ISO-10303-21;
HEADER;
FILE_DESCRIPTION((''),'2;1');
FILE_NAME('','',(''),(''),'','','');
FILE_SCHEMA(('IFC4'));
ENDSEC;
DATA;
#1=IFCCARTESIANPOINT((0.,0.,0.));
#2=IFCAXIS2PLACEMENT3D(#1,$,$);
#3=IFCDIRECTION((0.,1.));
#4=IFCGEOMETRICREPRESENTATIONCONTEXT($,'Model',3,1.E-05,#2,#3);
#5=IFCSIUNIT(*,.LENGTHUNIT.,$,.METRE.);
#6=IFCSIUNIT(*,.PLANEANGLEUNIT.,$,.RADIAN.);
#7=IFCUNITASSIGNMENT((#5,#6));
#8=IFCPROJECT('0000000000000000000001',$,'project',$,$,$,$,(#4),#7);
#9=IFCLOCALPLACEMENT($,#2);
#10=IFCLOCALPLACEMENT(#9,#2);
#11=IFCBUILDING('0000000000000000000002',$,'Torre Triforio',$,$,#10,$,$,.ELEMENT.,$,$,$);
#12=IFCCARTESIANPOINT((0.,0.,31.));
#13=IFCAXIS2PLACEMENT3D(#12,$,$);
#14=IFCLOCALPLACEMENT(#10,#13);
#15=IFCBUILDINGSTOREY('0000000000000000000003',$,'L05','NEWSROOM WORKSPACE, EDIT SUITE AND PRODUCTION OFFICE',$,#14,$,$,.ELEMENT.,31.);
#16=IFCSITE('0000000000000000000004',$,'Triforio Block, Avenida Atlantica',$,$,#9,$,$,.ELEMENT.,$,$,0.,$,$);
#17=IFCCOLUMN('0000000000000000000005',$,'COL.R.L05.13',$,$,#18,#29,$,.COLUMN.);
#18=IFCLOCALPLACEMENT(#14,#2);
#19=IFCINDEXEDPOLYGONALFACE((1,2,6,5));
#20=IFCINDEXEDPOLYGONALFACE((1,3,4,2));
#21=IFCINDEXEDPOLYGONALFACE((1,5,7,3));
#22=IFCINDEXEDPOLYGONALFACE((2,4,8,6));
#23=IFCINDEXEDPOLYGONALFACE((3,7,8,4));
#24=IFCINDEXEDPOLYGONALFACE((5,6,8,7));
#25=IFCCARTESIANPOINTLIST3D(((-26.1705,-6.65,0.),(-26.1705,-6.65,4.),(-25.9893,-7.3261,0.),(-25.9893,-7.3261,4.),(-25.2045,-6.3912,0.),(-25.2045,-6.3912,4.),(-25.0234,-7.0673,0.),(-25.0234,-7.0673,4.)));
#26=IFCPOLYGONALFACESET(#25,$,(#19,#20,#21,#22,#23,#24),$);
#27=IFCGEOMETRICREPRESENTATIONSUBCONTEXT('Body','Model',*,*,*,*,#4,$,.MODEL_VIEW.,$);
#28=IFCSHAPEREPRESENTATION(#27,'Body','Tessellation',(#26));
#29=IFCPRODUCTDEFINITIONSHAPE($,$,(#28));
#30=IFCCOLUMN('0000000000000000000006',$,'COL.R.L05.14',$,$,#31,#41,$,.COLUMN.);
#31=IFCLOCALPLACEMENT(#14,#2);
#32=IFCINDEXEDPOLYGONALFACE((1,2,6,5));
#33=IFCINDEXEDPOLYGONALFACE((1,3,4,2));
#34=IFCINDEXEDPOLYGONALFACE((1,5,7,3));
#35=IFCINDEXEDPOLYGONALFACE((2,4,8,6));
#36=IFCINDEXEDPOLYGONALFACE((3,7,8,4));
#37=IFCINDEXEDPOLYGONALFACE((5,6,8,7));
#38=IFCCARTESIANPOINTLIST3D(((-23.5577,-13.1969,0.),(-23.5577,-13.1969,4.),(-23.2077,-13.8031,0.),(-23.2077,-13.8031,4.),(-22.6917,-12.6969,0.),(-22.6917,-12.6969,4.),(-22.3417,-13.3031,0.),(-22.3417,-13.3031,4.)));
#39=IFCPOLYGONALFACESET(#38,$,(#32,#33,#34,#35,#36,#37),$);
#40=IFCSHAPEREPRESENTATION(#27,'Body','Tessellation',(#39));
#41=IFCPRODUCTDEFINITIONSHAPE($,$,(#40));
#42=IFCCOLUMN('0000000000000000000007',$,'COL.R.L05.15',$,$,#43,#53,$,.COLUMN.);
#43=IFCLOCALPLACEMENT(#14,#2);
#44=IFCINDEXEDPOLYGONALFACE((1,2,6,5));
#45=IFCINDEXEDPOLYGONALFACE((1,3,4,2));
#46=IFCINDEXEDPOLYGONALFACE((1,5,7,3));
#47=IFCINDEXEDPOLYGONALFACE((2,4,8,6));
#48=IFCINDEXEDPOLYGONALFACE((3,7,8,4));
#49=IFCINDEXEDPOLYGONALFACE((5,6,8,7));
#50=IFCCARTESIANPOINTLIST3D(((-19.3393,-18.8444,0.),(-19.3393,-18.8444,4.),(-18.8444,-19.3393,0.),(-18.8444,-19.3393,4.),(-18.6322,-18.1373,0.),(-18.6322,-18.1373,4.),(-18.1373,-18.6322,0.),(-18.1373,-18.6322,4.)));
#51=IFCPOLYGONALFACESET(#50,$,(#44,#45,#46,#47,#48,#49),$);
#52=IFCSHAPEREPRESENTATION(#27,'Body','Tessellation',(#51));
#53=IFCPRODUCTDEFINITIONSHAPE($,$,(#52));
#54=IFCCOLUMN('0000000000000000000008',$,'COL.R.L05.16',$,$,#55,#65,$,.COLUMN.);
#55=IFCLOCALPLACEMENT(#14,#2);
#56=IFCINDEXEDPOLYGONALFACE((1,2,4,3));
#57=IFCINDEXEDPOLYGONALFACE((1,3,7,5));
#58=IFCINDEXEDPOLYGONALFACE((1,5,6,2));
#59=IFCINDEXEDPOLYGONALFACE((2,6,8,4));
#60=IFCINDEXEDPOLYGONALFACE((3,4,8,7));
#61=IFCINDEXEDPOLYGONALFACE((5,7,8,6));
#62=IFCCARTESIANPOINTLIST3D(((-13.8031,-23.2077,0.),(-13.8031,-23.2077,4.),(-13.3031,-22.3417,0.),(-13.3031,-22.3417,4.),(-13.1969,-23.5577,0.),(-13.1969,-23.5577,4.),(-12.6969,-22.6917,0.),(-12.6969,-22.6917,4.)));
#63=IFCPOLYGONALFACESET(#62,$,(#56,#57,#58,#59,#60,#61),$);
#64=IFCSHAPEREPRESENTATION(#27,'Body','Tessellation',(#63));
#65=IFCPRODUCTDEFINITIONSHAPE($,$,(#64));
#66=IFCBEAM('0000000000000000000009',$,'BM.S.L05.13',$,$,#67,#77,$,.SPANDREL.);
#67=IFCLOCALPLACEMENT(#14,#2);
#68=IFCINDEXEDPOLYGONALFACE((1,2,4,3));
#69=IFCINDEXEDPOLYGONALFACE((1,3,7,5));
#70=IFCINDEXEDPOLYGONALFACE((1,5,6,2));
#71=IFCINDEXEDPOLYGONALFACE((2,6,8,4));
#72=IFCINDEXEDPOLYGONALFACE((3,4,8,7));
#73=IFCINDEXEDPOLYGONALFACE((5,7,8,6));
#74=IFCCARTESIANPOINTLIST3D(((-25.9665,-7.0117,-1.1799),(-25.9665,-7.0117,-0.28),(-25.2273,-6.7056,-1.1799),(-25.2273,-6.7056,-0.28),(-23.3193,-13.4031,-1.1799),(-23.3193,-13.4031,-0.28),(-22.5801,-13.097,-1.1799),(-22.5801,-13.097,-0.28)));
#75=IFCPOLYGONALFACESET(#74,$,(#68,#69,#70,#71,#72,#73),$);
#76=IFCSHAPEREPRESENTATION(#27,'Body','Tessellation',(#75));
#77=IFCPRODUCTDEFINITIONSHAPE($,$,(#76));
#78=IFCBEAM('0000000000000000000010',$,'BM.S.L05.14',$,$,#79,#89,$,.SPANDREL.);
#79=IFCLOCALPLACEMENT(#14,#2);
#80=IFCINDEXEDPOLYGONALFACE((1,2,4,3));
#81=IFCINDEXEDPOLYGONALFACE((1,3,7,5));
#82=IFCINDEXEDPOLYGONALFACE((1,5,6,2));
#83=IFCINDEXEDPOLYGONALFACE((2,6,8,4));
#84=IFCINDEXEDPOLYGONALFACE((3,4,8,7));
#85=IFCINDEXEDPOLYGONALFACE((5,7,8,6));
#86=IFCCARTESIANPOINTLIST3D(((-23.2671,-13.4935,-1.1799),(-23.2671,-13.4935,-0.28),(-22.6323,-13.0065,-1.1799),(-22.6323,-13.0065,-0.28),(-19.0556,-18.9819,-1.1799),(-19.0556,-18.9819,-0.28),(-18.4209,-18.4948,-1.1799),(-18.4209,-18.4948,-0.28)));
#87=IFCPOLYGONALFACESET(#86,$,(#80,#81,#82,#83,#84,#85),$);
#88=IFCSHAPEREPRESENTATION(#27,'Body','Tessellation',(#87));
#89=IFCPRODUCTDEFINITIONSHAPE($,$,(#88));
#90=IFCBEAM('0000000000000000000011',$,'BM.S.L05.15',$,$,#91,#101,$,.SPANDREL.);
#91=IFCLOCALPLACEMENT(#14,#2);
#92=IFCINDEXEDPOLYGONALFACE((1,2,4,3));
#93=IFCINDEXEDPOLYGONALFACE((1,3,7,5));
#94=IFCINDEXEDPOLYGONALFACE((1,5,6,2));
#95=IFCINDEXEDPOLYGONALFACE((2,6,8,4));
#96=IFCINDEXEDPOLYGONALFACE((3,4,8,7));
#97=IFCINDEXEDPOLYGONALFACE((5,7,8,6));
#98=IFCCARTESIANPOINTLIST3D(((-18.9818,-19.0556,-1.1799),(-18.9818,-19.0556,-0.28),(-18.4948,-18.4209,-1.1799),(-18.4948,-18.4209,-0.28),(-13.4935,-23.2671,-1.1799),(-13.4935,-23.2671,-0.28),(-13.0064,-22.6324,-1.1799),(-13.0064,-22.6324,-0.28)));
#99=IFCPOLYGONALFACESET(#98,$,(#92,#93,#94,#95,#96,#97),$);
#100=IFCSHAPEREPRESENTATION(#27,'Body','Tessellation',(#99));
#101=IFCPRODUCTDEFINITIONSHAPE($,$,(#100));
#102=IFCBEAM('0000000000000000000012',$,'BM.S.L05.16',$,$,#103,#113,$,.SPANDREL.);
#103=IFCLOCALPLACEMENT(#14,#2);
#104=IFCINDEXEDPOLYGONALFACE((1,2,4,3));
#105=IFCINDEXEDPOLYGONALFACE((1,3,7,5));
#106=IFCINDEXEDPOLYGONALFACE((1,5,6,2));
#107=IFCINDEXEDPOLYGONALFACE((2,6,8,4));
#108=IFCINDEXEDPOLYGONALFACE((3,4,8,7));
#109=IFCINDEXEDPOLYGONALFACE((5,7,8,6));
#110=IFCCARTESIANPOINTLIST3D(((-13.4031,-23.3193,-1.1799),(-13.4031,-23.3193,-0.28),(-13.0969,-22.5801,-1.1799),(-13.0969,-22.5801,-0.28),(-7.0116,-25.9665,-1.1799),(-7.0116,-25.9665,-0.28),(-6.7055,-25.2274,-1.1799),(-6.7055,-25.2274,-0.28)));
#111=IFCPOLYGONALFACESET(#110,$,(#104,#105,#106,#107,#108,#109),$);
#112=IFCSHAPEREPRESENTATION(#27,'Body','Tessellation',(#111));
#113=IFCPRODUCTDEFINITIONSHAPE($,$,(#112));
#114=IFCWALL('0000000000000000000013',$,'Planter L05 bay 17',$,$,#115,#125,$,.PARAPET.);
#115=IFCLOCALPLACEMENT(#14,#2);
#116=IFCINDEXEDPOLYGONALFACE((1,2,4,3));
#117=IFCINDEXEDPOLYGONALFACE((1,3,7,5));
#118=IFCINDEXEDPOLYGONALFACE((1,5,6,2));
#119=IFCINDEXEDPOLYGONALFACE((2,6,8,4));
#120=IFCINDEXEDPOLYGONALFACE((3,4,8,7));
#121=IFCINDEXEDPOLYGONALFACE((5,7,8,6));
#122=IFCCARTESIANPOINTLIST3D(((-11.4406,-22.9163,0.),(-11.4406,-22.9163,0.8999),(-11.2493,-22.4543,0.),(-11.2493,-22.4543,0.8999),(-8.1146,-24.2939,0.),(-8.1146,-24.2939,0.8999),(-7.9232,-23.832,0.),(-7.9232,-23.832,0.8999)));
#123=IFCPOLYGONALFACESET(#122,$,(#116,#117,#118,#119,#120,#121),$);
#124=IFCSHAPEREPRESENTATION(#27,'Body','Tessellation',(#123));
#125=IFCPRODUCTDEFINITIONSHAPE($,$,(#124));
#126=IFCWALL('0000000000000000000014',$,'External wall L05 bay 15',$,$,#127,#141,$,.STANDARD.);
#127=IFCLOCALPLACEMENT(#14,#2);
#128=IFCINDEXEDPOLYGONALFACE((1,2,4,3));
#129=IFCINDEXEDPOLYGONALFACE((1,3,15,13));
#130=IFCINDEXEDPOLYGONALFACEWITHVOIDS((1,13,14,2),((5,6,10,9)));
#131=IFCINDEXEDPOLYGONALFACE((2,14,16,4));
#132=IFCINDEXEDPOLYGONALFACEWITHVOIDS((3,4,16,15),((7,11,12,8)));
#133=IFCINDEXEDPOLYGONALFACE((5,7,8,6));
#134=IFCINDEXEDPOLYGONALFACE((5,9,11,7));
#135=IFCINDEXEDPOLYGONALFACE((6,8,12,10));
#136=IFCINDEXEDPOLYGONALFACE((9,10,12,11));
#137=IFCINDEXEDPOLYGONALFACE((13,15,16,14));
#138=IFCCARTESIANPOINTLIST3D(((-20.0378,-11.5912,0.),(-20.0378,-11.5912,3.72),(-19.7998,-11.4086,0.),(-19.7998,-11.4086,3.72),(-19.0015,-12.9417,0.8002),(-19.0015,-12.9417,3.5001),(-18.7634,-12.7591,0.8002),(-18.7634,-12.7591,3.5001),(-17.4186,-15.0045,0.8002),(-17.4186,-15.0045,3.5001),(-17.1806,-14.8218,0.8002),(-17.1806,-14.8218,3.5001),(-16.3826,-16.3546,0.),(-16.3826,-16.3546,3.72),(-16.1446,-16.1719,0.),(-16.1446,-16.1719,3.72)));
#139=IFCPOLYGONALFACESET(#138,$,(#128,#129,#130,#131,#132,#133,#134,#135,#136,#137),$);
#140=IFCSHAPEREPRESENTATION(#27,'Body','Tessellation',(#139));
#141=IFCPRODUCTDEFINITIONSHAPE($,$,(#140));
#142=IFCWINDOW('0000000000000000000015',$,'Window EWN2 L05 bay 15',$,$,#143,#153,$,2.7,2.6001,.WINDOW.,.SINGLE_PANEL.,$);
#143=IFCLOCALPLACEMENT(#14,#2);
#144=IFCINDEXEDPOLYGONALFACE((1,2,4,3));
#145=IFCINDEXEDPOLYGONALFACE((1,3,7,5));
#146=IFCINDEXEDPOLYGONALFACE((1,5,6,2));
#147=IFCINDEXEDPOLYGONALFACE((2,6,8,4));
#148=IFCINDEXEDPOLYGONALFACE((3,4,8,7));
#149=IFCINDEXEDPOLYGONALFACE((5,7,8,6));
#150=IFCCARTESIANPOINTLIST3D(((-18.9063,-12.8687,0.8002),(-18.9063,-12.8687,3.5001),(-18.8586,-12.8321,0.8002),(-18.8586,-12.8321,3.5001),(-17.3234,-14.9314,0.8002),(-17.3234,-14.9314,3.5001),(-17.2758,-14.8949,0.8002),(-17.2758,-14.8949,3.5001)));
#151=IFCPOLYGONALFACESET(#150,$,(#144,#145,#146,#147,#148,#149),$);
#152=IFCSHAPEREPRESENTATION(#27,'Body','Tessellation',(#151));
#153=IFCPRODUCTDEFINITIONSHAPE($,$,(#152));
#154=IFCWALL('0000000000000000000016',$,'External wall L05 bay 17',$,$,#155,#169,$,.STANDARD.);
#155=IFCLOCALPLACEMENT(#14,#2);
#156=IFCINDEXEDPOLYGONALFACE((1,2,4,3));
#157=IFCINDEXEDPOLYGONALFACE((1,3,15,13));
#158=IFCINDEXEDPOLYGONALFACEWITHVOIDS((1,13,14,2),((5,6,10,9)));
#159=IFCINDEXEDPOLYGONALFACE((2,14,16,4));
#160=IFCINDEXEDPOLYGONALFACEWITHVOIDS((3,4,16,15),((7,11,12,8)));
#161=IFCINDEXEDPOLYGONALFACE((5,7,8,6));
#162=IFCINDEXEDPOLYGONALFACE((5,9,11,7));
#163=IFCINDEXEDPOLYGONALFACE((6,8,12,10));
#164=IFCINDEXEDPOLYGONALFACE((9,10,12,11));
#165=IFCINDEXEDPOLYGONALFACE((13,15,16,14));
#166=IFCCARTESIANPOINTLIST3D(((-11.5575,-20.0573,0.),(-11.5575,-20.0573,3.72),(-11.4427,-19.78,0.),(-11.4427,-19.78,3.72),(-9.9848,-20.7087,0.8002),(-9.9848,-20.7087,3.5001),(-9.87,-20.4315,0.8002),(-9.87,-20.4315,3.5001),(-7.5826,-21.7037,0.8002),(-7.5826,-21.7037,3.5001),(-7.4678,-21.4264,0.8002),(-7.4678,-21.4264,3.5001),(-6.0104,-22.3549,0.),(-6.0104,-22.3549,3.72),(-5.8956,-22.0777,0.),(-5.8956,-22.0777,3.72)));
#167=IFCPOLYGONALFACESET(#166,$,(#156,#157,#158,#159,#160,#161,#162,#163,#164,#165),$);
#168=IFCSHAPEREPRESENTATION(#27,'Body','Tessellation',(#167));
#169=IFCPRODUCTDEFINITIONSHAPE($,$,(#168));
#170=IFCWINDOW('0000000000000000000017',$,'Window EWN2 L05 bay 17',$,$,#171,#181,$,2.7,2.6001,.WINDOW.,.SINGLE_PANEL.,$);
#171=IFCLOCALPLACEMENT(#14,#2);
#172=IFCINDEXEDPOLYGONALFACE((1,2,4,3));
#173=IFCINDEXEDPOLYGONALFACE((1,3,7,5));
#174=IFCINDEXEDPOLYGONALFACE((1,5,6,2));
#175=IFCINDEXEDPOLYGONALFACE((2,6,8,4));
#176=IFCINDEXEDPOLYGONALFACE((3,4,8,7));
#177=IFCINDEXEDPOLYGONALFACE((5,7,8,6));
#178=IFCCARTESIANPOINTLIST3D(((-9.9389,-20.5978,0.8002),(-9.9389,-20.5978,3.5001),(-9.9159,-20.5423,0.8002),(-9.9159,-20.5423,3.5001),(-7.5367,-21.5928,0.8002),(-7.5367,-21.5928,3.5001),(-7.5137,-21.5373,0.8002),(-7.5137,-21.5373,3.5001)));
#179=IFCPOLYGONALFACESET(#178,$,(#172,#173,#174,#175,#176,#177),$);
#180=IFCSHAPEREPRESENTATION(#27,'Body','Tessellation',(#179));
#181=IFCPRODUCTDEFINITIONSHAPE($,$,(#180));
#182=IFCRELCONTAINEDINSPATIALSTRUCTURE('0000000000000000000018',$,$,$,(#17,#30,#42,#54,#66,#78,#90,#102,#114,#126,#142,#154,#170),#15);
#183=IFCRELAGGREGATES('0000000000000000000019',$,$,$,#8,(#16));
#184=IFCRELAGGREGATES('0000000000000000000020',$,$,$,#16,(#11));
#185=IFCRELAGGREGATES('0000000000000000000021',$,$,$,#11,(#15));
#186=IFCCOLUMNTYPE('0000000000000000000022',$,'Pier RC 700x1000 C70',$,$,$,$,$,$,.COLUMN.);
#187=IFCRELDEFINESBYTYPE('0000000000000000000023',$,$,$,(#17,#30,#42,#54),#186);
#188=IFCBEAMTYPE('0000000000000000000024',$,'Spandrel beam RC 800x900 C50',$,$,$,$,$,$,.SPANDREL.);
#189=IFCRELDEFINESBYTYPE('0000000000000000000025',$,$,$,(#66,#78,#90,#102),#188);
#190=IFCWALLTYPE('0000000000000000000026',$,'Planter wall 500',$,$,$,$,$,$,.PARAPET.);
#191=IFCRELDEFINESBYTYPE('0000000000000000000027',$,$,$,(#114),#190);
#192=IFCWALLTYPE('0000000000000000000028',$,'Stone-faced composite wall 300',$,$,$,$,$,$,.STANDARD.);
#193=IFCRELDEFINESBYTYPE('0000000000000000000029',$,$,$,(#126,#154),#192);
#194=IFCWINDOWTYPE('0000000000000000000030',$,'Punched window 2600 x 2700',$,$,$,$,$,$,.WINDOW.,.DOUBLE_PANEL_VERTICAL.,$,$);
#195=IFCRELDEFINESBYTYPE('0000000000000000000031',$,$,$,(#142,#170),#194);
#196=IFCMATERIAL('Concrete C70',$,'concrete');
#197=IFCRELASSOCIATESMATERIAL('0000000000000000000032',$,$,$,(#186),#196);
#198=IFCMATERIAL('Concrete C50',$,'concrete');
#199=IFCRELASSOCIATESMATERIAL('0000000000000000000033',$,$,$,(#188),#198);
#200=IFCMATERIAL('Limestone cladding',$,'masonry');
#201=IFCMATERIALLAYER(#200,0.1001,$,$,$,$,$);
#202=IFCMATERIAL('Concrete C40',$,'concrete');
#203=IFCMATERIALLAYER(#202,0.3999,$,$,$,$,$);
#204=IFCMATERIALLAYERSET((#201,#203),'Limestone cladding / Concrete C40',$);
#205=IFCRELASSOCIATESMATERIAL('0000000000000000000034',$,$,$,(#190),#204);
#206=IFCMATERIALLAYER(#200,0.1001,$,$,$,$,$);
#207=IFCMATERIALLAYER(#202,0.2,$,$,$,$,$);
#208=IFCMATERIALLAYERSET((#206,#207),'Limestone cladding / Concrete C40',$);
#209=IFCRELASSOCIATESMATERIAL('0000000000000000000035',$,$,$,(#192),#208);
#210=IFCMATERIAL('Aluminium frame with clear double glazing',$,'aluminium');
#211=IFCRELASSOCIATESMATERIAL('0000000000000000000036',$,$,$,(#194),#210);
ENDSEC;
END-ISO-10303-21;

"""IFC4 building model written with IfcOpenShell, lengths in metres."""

from ifc_helpers import new_model, si_unit, direction, frame, frame_2d, origin, origin_2d, place, context, subcontext, project, spatial, rectangle, extrude, material, layer, layer_set, material_profile, profile_set, type_object, element, fill, save


model = new_model("IFC4")

# Units and contexts
model_context = context("Model", 3, precision=1e-05, world=origin(), true_north=direction((0.0, 1.0)))
body_context = subcontext(model_context, "Body", "Model", "MODEL_VIEW")
ifc_project = project(units=[si_unit("LENGTHUNIT", "METRE"), si_unit("PLANEANGLEUNIT", "RADIAN")], contexts=[model_context])

# Site, building, storey
site_placement = place(None, origin())
site = spatial("IfcSite", under=ifc_project, at=site_placement, Name="Triforio Block, Avenida Atlantica", CompositionType="ELEMENT", RefElevation=0.0)
building_placement = place(site_placement, origin())
building = spatial("IfcBuilding", under=site, at=building_placement, Name="Torre Triforio", CompositionType="ELEMENT")
storey_placement = place(building_placement, frame((0.0, 0.0, 31.0)))
storey = spatial("IfcBuildingStorey", under=building, at=storey_placement, Name="L05", Description="NEWSROOM WORKSPACE, EDIT SUITE AND PRODUCTION OFFICE", CompositionType="ELEMENT", Elevation=31.0)

# Columns
ifc_material_1 = material(Name="Concrete C70", Category="concrete")
ifc_material_profile_1 = material_profile(ifc_material_1, rectangle(XDim=0.7, YDim=1.0, at=origin_2d()), Name="RC 700x1000")
ifc_profile_set_1 = profile_set([ifc_material_profile_1], Name="Concrete C70")
column_type = type_object("IfcColumnType", Name="Pier RC 700x1000 C70", PredefinedType="COLUMN", material=ifc_profile_set_1)
for number, where, z_axis, x_axis, name in (
    (1, (-25.5969, -6.8586, 0.0), (0.0, 0.0, 1.0), (0.258819, -0.965926, 0.0), "COL.R.L05.13"),
    (2, (-22.9497, -13.25, 0.0), (0.0, 0.0, 1.0), (0.5, -0.866025, 0.0), "COL.R.L05.14"),
    (3, (-18.7383, -18.7383, 0.0), (0.0, 0.0, 1.0), (0.707107, -0.707107, 0.0), "COL.R.L05.15"),
    (4, (-13.25, -22.9497, 0.0), (0.0, 0.0, 1.0), (0.866025, -0.5, 0.0), "COL.R.L05.16"),
):
    element("IfcColumn", number, at=place(storey_placement, frame(where, z_axis=z_axis, x_axis=x_axis)), inside=storey, type_object=column_type, Name=name, PredefinedType="COLUMN", context=body_context, shape_type="SweptSolid", body=[
        extrude(rectangle(XDim=0.7, YDim=1.0, at=origin_2d()), origin(), (0.0, 0.0, 1.0), 4.0),
    ])

# Beams
ifc_material_2 = material(Name="Concrete C50", Category="concrete")
ifc_material_profile_2 = material_profile(ifc_material_2, rectangle(XDim=0.8, YDim=0.8999, at=origin_2d()), Name="RC 800x900")
ifc_profile_set_2 = profile_set([ifc_material_profile_2], Name="Concrete C50")
beam_type = type_object("IfcBeamType", Name="Spandrel beam RC 800x900 C50", PredefinedType="SPANDREL", material=ifc_profile_set_2)
for number, where, z_axis, x_axis, name in (
    (5, (-25.5969, -6.8586, -0.73), (0.382662, -0.923888, 0.0), (0.923888, 0.382662, 0.0), "BM.S.L05.13"),
    (6, (-22.9497, -13.25, -0.73), (0.608772, -0.793345, 0.0), (0.793345, 0.608772, 0.0), "BM.S.L05.14"),
    (7, (-18.7383, -18.7383, -0.73), (0.793345, -0.608772, 0.0), (0.608772, 0.793345, 0.0), "BM.S.L05.15"),
    (8, (-13.25, -22.9497, -0.73), (0.923888, -0.382662, 0.0), (0.382662, 0.923888, 0.0), "BM.S.L05.16"),
):
    element("IfcBeam", number, at=place(storey_placement, frame(where, z_axis=z_axis, x_axis=x_axis)), inside=storey, type_object=beam_type, Name=name, PredefinedType="SPANDREL", context=body_context, shape_type="SweptSolid", body=[
        extrude(rectangle(XDim=0.8, YDim=0.8999, at=origin_2d()), origin(), (0.0, 0.0, 1.0), 6.918),
    ])

# Wall
ifc_material_3 = material(Name="Limestone cladding", Category="masonry")
ifc_layer_1 = layer(ifc_material_3, 0.1001)
ifc_material_4 = material(Name="Concrete C40", Category="concrete")
ifc_layer_2 = layer(ifc_material_4, 0.3999)
ifc_layer_set_1 = layer_set([ifc_layer_1, ifc_layer_2], Name="Limestone cladding / Concrete C40")
wall_type_1 = type_object("IfcWallType", Name="Planter wall 500", PredefinedType="PARAPET", material=ifc_layer_set_1)
wall_1_placement = place(storey_placement, frame((-11.345, -22.6853, 0.0), z_axis=(0.0, 0.0, 1.0), x_axis=(0.923885, -0.382669, 0.0)))
element("IfcWall", 9, at=wall_1_placement, inside=storey, type_object=wall_type_1, Name="Planter L05 bay 17", PredefinedType="PARAPET", context=body_context, shape_type="SweptSolid", body=[
    extrude(rectangle(XDim=3.6001, YDim=0.5, at=frame_2d((1.8, 0.0))), origin(), (0.0, 0.0, 1.0), 0.8999),
])

# Wall, opening, window
ifc_layer_3 = layer(ifc_material_3, 0.1001)
ifc_layer_4 = layer(ifc_material_4, 0.2)
ifc_layer_set_2 = layer_set([ifc_layer_3, ifc_layer_4], Name="Limestone cladding / Concrete C40")
wall_type_2 = type_object("IfcWallType", Name="Stone-faced composite wall 300", PredefinedType="STANDARD", material=ifc_layer_set_2)
wall_2_placement = place(storey_placement, frame((-19.9187, -11.5, 0.0), z_axis=(0.0, 0.0, 1.0), x_axis=(0.608779, -0.79334, 0.0)))
wall_2 = element("IfcWall", 10, at=wall_2_placement, inside=storey, type_object=wall_type_2, Name="External wall L05 bay 15", PredefinedType="STANDARD", context=body_context, shape_type="SweptSolid", body=[
    extrude(rectangle(XDim=6.0042, YDim=0.3, at=frame_2d((3.002, 0.0))), origin(), (0.0, 0.0, 1.0), 3.72),
])
opening_1_placement = place(wall_2_placement, frame((1.7021, 0.0, 0.8)))
opening_1 = element("IfcOpeningElement", 11, at=opening_1_placement, cuts=wall_2, PredefinedType="OPENING", context=body_context, shape_type="SweptSolid", body=[
    extrude(rectangle(XDim=2.6001, YDim=2.7, at=frame_2d((1.3, 1.3501))), frame((0.0, 0.1599, 0.0), z_axis=(0.0, -1.0, 0.0), x_axis=(1.0, 0.0, 0.0)), (0.0, 0.0, 1.0), 0.3201),
])
ifc_material_5 = material(Name="Aluminium frame with clear double glazing", Category="aluminium")
window_type_1 = type_object("IfcWindowType", Name="Punched window 2600 x 2700", PartitioningType="DOUBLE_PANEL_VERTICAL", PredefinedType="WINDOW", material=ifc_material_5)
window_1_placement = place(opening_1_placement, origin())
window_1 = element("IfcWindow", 12, at=window_1_placement, inside=storey, type_object=window_type_1, Name="Window EWN2 L05 bay 15", OverallHeight=2.7, OverallWidth=2.6001, PartitioningType="SINGLE_PANEL", PredefinedType="WINDOW", context=body_context, shape_type="SweptSolid", body=[
    extrude(rectangle(XDim=2.6001, YDim=2.7, at=frame_2d((1.3, 1.3501))), frame((0.0, 0.03, 0.0), z_axis=(0.0, -1.0, 0.0), x_axis=(1.0, 0.0, 0.0)), (0.0, 0.0, 1.0), 0.0601),
])
fill(opening_1, window_1)

# Wall, opening, window
wall_3_placement = place(storey_placement, frame((-11.5, -19.9187, 0.0), z_axis=(0.0, 0.0, 1.0), x_axis=(0.923885, -0.382671, 0.0)))
wall_3 = element("IfcWall", 13, at=wall_3_placement, inside=storey, type_object=wall_type_2, Name="External wall L05 bay 17", PredefinedType="STANDARD", context=body_context, shape_type="SweptSolid", body=[
    extrude(rectangle(XDim=6.0042, YDim=0.3, at=frame_2d((3.002, 0.0))), origin(), (0.0, 0.0, 1.0), 3.72),
])
opening_2_placement = place(wall_3_placement, frame((1.7021, 0.0, 0.8)))
opening_2 = element("IfcOpeningElement", 14, at=opening_2_placement, cuts=wall_3, PredefinedType="OPENING", context=body_context, shape_type="SweptSolid", body=[
    extrude(rectangle(XDim=2.6001, YDim=2.7, at=frame_2d((1.3, 1.3501))), frame((0.0, 0.1599, 0.0), z_axis=(0.0, -1.0, 0.0), x_axis=(1.0, 0.0, 0.0)), (0.0, 0.0, 1.0), 0.3201),
])
window_2_placement = place(opening_2_placement, origin())
window_2 = element("IfcWindow", 15, at=window_2_placement, inside=storey, type_object=window_type_1, Name="Window EWN2 L05 bay 17", OverallHeight=2.7, OverallWidth=2.6001, PartitioningType="SINGLE_PANEL", PredefinedType="WINDOW", context=body_context, shape_type="SweptSolid", body=[
    extrude(rectangle(XDim=2.6001, YDim=2.7, at=frame_2d((1.3, 1.3501))), frame((0.0, 0.03, 0.0), z_axis=(0.0, -1.0, 0.0), x_axis=(1.0, 0.0, 0.0)), (0.0, 0.0, 1.0), 0.0601),
])
fill(opening_2, window_2)

save(model, "model.ifc")
